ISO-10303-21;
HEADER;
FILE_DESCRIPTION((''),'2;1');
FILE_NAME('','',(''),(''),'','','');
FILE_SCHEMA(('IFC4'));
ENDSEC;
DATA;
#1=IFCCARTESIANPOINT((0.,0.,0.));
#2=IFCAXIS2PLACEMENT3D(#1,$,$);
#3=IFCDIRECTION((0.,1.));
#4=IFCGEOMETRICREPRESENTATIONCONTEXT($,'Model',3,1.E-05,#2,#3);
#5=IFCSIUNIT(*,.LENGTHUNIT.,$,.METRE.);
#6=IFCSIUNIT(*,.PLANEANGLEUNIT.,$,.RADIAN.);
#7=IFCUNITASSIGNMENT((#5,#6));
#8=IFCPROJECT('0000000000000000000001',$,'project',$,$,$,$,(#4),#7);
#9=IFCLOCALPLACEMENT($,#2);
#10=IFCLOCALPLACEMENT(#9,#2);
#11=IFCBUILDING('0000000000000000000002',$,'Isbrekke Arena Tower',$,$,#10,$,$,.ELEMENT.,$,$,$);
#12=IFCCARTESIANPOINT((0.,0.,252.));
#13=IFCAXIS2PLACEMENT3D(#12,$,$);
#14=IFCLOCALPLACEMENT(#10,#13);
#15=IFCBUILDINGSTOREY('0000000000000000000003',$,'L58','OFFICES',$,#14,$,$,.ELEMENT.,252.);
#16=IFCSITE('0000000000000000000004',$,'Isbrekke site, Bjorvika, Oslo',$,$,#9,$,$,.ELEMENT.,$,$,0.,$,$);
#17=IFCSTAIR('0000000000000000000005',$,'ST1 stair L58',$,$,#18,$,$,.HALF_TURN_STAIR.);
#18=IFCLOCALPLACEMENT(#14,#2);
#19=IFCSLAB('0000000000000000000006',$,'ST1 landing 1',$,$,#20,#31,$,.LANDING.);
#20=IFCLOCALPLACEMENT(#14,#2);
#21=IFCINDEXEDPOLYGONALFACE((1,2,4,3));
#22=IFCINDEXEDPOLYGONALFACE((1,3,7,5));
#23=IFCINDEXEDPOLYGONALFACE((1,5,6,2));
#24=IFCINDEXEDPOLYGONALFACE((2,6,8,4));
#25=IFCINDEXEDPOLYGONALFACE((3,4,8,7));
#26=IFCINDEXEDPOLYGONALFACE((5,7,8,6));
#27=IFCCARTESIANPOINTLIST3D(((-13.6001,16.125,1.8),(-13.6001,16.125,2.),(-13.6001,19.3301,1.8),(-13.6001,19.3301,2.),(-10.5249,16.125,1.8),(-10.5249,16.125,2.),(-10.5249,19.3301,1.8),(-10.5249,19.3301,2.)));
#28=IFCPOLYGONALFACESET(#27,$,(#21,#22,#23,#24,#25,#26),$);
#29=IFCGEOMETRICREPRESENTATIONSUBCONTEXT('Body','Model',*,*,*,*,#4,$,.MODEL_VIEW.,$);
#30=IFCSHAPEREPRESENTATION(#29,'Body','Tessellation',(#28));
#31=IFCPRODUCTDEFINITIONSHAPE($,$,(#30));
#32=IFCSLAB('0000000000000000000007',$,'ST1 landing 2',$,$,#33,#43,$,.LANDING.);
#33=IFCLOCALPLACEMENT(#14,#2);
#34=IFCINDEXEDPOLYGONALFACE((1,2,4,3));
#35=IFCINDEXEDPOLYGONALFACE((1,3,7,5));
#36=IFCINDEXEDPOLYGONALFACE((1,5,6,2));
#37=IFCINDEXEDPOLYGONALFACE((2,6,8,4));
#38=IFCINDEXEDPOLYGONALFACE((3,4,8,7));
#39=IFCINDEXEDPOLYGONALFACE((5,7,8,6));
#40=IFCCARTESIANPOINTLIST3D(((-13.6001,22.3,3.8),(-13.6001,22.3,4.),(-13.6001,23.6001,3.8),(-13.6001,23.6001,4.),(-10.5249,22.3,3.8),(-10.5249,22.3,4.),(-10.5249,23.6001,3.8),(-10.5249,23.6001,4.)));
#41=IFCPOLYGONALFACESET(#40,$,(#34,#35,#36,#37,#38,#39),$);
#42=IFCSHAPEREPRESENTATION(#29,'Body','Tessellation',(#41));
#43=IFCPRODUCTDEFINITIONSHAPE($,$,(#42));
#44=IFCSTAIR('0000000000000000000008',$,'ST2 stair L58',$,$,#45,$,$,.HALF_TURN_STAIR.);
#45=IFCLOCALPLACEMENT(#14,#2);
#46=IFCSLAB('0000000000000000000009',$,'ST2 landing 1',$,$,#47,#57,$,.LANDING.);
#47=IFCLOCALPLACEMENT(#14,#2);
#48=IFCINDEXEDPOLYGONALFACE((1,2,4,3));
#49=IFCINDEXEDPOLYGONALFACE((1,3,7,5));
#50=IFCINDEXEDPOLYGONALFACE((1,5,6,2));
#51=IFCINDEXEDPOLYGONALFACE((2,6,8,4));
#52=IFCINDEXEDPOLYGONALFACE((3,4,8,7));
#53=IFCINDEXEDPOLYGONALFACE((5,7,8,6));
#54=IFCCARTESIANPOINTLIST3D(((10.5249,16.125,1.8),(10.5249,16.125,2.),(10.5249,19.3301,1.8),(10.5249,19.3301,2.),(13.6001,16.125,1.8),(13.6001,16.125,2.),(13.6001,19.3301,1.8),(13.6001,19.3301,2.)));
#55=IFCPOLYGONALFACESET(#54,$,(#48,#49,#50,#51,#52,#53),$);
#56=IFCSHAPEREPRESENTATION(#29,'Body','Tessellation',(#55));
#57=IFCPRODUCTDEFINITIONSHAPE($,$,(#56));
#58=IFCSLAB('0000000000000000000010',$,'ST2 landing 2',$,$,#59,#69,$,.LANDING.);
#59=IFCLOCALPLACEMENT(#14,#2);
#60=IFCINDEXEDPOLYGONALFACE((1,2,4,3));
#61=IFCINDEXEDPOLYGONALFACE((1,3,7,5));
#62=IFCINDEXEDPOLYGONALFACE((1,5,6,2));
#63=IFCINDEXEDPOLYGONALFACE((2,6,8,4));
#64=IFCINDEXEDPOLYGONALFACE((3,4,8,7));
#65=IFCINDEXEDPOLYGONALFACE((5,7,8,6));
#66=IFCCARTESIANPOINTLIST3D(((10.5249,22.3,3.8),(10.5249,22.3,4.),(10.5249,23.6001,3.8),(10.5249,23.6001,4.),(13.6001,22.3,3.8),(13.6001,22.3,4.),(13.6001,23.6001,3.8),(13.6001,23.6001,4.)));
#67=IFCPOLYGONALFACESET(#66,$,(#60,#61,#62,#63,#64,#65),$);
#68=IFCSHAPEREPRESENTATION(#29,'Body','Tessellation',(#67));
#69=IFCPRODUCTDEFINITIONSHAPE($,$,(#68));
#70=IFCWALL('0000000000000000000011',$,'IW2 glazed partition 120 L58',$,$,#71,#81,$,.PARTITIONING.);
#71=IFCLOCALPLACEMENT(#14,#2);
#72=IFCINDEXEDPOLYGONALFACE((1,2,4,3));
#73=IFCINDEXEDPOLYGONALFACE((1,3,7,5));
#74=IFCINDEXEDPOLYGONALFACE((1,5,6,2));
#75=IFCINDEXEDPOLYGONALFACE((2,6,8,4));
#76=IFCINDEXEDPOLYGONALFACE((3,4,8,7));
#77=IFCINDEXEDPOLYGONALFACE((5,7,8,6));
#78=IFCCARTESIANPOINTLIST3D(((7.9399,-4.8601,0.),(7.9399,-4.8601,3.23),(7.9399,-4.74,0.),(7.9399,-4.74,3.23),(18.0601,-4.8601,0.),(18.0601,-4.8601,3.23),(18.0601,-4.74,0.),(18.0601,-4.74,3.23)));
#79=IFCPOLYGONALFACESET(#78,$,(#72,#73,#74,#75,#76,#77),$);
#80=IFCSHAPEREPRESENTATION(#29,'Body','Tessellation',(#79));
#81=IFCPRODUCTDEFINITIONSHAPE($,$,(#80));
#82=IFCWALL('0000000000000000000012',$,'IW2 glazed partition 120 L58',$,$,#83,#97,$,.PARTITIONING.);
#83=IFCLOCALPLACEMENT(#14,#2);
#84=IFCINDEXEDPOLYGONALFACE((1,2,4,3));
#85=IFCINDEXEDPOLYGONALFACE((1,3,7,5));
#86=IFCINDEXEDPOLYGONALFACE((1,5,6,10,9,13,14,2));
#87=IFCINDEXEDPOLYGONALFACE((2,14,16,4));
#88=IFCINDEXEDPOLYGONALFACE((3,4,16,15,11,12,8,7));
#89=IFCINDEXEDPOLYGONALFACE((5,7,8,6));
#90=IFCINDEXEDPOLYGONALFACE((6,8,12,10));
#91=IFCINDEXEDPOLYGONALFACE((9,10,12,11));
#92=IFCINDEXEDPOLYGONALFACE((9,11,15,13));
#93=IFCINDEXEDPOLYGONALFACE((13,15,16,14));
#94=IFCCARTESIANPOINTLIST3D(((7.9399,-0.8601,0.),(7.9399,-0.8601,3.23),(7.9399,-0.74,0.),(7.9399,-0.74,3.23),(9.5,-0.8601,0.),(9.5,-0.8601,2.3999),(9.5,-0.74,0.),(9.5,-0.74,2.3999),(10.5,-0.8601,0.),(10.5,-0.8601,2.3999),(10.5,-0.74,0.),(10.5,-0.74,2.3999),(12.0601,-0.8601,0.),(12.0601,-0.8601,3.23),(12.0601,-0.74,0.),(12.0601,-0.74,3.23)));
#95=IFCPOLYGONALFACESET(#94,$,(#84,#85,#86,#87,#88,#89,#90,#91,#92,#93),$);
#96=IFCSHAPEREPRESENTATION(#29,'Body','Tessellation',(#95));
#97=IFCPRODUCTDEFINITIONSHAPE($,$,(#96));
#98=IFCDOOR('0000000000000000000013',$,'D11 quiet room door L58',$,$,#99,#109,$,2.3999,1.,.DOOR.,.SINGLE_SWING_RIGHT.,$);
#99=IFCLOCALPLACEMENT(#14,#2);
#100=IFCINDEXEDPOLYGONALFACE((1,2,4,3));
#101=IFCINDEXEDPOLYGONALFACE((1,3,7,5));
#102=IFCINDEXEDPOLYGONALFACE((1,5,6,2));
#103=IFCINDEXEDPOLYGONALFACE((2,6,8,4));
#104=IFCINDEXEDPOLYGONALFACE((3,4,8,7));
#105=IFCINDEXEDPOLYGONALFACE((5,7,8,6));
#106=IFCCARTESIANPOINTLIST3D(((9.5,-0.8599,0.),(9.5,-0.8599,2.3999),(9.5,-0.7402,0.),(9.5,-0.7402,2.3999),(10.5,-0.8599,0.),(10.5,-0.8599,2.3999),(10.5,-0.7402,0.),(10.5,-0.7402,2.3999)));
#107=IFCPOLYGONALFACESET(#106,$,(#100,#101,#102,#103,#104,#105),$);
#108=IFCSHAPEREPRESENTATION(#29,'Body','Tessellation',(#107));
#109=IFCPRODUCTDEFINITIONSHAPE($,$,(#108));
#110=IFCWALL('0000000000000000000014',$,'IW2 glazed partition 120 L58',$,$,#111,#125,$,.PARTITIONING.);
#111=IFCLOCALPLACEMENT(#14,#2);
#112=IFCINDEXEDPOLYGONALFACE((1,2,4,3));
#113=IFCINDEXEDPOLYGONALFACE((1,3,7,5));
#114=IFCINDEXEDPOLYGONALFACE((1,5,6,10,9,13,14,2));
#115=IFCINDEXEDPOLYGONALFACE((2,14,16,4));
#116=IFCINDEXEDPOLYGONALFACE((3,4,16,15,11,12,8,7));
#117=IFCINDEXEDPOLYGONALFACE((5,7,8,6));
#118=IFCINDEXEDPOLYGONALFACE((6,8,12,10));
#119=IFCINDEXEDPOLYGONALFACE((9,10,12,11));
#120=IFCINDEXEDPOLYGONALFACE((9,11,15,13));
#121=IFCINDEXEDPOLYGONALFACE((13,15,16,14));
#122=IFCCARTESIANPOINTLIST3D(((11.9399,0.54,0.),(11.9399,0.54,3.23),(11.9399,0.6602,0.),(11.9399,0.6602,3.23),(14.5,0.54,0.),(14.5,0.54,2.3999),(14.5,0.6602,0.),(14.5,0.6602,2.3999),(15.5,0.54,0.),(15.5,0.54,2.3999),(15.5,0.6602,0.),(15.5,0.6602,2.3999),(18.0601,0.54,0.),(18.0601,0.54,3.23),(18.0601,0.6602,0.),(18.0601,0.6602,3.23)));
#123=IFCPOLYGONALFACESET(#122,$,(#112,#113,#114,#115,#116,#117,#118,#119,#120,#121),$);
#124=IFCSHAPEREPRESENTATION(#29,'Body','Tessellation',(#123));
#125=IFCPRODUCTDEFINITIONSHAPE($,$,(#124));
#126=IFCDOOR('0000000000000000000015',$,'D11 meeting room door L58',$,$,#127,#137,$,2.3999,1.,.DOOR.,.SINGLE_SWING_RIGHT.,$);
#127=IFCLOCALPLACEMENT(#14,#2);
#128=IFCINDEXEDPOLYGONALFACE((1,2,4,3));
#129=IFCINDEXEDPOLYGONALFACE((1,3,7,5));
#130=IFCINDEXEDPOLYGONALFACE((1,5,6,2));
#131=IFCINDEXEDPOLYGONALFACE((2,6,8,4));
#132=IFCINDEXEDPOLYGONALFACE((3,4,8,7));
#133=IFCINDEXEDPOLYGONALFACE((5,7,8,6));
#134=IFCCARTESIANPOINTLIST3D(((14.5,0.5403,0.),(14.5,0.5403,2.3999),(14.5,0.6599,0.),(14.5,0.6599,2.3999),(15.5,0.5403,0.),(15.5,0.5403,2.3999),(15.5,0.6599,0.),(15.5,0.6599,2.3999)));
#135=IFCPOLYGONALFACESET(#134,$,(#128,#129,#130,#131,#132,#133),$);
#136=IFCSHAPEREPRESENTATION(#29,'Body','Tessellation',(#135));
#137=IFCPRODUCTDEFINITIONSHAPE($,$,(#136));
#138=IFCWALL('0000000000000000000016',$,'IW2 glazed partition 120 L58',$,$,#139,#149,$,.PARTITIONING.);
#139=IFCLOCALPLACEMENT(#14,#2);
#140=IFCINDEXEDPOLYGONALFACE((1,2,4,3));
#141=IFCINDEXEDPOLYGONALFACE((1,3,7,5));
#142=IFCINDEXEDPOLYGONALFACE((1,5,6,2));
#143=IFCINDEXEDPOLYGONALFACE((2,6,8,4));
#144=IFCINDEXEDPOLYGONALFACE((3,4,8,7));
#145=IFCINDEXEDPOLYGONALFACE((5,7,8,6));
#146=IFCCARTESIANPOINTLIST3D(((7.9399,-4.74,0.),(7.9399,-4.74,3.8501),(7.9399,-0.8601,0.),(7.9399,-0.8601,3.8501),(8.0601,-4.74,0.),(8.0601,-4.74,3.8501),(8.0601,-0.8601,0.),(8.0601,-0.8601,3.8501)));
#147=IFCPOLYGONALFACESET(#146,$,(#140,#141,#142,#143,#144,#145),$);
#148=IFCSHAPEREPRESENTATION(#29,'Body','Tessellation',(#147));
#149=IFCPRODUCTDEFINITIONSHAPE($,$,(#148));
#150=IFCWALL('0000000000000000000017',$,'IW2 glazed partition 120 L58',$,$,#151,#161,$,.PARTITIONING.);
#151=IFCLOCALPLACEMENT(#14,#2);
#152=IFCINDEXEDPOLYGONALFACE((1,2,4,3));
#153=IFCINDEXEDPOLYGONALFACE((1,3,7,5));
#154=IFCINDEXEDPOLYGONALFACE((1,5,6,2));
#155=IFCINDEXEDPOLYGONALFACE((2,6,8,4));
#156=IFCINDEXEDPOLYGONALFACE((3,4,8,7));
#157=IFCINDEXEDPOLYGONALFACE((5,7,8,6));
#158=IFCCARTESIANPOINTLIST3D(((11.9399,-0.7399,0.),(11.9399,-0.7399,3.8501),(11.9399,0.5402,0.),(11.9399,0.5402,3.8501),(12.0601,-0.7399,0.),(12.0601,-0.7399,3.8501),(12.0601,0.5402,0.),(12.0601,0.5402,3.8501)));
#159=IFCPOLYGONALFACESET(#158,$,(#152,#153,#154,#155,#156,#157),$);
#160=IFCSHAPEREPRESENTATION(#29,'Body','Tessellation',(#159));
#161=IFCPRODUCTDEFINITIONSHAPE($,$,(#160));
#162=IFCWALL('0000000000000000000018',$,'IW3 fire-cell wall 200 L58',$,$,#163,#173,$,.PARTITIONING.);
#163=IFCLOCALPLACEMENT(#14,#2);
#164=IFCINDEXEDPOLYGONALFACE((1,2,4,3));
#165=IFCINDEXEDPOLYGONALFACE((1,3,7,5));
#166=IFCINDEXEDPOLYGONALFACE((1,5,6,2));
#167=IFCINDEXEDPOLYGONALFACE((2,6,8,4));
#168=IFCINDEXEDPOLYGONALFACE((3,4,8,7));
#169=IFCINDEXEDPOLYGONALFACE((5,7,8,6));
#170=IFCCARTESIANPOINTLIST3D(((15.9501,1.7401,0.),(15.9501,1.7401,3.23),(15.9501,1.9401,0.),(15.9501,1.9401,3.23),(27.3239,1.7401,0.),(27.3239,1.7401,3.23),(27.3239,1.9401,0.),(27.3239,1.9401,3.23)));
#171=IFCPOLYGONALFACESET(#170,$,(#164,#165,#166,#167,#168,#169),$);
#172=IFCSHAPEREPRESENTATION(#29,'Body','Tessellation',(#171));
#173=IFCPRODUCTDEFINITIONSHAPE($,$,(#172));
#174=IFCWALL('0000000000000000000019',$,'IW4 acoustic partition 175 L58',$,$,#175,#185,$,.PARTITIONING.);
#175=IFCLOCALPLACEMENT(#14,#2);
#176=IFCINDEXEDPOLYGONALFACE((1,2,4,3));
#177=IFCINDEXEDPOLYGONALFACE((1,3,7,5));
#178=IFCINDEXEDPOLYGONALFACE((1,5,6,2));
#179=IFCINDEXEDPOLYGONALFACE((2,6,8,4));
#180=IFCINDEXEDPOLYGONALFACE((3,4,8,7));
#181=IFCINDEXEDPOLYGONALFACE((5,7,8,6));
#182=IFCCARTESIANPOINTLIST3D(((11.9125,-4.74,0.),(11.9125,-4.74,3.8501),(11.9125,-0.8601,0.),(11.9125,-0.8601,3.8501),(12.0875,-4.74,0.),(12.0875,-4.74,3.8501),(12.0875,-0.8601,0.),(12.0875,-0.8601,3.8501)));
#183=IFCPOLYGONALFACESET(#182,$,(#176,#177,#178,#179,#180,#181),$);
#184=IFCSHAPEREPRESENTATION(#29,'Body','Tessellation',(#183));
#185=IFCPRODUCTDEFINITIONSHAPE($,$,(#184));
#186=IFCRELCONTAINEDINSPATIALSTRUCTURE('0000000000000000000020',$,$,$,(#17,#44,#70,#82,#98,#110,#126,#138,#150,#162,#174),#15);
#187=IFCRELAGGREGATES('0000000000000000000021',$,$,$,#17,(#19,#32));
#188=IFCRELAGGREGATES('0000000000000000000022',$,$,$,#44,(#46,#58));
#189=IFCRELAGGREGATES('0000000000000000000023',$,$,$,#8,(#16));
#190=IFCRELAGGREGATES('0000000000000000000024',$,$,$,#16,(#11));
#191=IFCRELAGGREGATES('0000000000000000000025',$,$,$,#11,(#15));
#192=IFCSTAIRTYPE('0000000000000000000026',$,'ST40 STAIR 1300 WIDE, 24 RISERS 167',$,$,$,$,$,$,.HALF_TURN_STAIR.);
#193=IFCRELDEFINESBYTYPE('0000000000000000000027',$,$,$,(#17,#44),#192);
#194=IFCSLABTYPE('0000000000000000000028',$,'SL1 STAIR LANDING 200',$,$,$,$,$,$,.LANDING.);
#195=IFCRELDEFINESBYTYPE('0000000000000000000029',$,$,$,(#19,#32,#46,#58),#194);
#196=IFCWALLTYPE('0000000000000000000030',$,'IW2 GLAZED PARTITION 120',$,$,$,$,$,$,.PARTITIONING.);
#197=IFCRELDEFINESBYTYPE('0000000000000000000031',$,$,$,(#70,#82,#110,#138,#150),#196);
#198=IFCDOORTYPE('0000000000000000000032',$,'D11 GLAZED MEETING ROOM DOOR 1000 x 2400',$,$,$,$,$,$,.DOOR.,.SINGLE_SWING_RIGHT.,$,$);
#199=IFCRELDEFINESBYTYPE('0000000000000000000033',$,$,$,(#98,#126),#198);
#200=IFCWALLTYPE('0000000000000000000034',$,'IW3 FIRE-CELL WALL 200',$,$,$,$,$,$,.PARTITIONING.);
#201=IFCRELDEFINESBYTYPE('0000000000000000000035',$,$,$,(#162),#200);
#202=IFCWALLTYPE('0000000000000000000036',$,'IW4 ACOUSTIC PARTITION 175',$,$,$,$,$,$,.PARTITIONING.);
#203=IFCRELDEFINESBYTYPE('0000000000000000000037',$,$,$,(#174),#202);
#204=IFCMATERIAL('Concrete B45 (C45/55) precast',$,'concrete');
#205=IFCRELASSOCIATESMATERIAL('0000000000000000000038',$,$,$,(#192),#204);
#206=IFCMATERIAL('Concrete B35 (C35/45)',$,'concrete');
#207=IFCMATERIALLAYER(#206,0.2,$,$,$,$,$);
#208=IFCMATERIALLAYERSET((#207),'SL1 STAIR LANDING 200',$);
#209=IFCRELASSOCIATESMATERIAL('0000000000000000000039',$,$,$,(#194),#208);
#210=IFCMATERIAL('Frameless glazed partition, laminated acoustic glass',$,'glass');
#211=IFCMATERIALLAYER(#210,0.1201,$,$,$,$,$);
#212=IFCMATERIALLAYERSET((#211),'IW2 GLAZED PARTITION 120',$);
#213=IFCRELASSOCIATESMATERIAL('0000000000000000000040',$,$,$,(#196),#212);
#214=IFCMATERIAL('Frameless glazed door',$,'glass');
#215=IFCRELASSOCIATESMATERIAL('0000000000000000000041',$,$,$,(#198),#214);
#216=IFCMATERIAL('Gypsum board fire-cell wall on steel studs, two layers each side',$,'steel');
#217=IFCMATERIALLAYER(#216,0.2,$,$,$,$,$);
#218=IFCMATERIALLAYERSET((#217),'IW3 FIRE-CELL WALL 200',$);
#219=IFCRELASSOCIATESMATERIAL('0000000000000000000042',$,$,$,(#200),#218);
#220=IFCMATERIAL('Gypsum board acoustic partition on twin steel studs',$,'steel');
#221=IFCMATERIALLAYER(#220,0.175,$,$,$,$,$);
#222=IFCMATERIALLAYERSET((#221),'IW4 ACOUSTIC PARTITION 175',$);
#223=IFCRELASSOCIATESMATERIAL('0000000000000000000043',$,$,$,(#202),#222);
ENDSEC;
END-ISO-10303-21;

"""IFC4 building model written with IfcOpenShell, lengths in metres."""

from ifc_helpers import new_model, si_unit, direction, frame, frame_2d, origin, place, context, subcontext, project, spatial, polyline, rectangle, outline, extrude, material, layer, layer_set, type_object, element, fill, aggregate, save


model = new_model("IFC4")

# Units and contexts
model_context = context("Model", 3, precision=1e-05, world=origin(), true_north=direction((0.0, 1.0)))
body_context = subcontext(model_context, "Body", "Model", "MODEL_VIEW")
ifc_project = project(units=[si_unit("LENGTHUNIT", "METRE"), si_unit("PLANEANGLEUNIT", "RADIAN")], contexts=[model_context])

# Site, building, storey
site_placement = place(None, origin())
site = spatial("IfcSite", under=ifc_project, at=site_placement, Name="Isbrekke site, Bjorvika, Oslo", CompositionType="ELEMENT", RefElevation=0.0)
building_placement = place(site_placement, origin())
building = spatial("IfcBuilding", under=site, at=building_placement, Name="Isbrekke Arena Tower", CompositionType="ELEMENT")
storey_placement = place(building_placement, frame((0.0, 0.0, 252.0)))
storey = spatial("IfcBuildingStorey", under=building, at=storey_placement, Name="L58", Description="OFFICES", CompositionType="ELEMENT", Elevation=252.0)

# Stairs, slabs
ifc_material_1 = material(Name="Concrete B45 (C45/55) precast", Category="concrete")
stair_type = type_object("IfcStairType", Name="ST40 STAIR 1300 WIDE, 24 RISERS 167", PredefinedType="HALF_TURN_STAIR", material=ifc_material_1)
stair_1_placement = place(storey_placement, origin())
stair_1 = element("IfcStair", 1, at=stair_1_placement, inside=storey, type_object=stair_type, Name="ST1 stair L58", PredefinedType="HALF_TURN_STAIR")
ifc_material_2 = material(Name="Concrete B35 (C35/45)", Category="concrete")
ifc_layer_1 = layer(ifc_material_2, 0.2)
ifc_layer_set_1 = layer_set([ifc_layer_1], Name="SL1 STAIR LANDING 200")
slab_type_1 = type_object("IfcSlabType", Name="SL1 STAIR LANDING 200", PredefinedType="LANDING", material=ifc_layer_set_1)
slab_1_placement = place(storey_placement, frame((0.0, 0.0, 1.8)))
slab_1 = element("IfcSlab", 2, at=slab_1_placement, type_object=slab_type_1, Name="ST1 landing 1", PredefinedType="LANDING", context=body_context, shape_type="SweptSolid", body=[
    extrude(outline(polyline([(-13.6001, 16.125), (-10.5249, 16.125), (-10.5249, 19.3301), (-13.6001, 19.3301), (-13.6001, 16.125)])), origin(), (0.0, 0.0, 1.0), 0.2),
])
slab_2_placement = place(storey_placement, frame((0.0, 0.0, 3.8)))
slab_2 = element("IfcSlab", 3, at=slab_2_placement, type_object=slab_type_1, Name="ST1 landing 2", PredefinedType="LANDING", context=body_context, shape_type="SweptSolid", body=[
    extrude(outline(polyline([(-13.6001, 22.3), (-10.5249, 22.3), (-10.5249, 23.6001), (-13.6001, 23.6001), (-13.6001, 22.3)])), origin(), (0.0, 0.0, 1.0), 0.2),
])
aggregate(stair_1, [slab_1, slab_2])
stair_2_placement = place(storey_placement, origin())
stair_2 = element("IfcStair", 4, at=stair_2_placement, inside=storey, type_object=stair_type, Name="ST2 stair L58", PredefinedType="HALF_TURN_STAIR")
slab_3_placement = place(storey_placement, frame((0.0, 0.0, 1.8)))
slab_3 = element("IfcSlab", 5, at=slab_3_placement, type_object=slab_type_1, Name="ST2 landing 1", PredefinedType="LANDING", context=body_context, shape_type="SweptSolid", body=[
    extrude(outline(polyline([(10.5249, 16.125), (13.6001, 16.125), (13.6001, 19.3301), (10.5249, 19.3301), (10.5249, 16.125)])), origin(), (0.0, 0.0, 1.0), 0.2),
])
slab_4_placement = place(storey_placement, frame((0.0, 0.0, 3.8)))
slab_4 = element("IfcSlab", 6, at=slab_4_placement, type_object=slab_type_1, Name="ST2 landing 2", PredefinedType="LANDING", context=body_context, shape_type="SweptSolid", body=[
    extrude(outline(polyline([(10.5249, 22.3), (13.6001, 22.3), (13.6001, 23.6001), (10.5249, 23.6001), (10.5249, 22.3)])), origin(), (0.0, 0.0, 1.0), 0.2),
])
aggregate(stair_2, [slab_3, slab_4])

# Wall
ifc_material_3 = material(Name="Frameless glazed partition, laminated acoustic glass", Category="glass")
ifc_layer_2 = layer(ifc_material_3, 0.1201)
ifc_layer_set_2 = layer_set([ifc_layer_2], Name="IW2 GLAZED PARTITION 120")
wall_type_1 = type_object("IfcWallType", Name="IW2 GLAZED PARTITION 120", PredefinedType="PARTITIONING", material=ifc_layer_set_2)
wall_1_placement = place(storey_placement, frame((7.9399, -4.8, 0.0), z_axis=(0.0, 0.0, 1.0), x_axis=(1.0, 0.0, 0.0)))
element("IfcWall", 7, at=wall_1_placement, inside=storey, type_object=wall_type_1, Name="IW2 glazed partition 120 L58", PredefinedType="PARTITIONING", context=body_context, shape_type="SweptSolid", body=[
    extrude(rectangle(XDim=10.1201, YDim=0.1201, at=frame_2d((5.0601, 0.0))), origin(), (0.0, 0.0, 1.0), 3.23),
])

# Walls, openings, doors
wall_2_placement = place(storey_placement, frame((7.9399, -0.8, 0.0), z_axis=(0.0, 0.0, 1.0), x_axis=(1.0, 0.0, 0.0)))
wall_2 = element("IfcWall", 8, at=wall_2_placement, inside=storey, type_object=wall_type_1, Name="IW2 glazed partition 120 L58", PredefinedType="PARTITIONING", context=body_context, shape_type="SweptSolid", body=[
    extrude(rectangle(XDim=4.1201, YDim=0.1201, at=frame_2d((2.0601, 0.0))), origin(), (0.0, 0.0, 1.0), 3.23),
])
opening_1_placement = place(wall_2_placement, frame((1.5601, 0.0, 0.0)))
opening_1 = element("IfcOpeningElement", 9, at=opening_1_placement, cuts=wall_2, PredefinedType="OPENING", context=body_context, shape_type="SweptSolid", body=[
    extrude(rectangle(XDim=1.0, YDim=2.3999, at=frame_2d((0.5, 1.2))), frame((0.0, 0.075, 0.0), z_axis=(0.0, -1.0, 0.0), x_axis=(1.0, 0.0, 0.0)), (0.0, 0.0, 1.0), 0.1499),
])
ifc_material_4 = material(Name="Frameless glazed door", Category="glass")
door_type = type_object("IfcDoorType", Name="D11 GLAZED MEETING ROOM DOOR 1000 x 2400", OperationType="SINGLE_SWING_RIGHT", PredefinedType="DOOR", material=ifc_material_4)
door_1_placement = place(opening_1_placement, origin())
door_1 = element("IfcDoor", 10, at=door_1_placement, inside=storey, type_object=door_type, Name="D11 quiet room door L58", OperationType="SINGLE_SWING_RIGHT", OverallHeight=2.3999, OverallWidth=1.0, PredefinedType="DOOR", context=body_context, shape_type="SweptSolid", body=[
    extrude(rectangle(XDim=1.0, YDim=2.3999, at=frame_2d((0.5, 1.2))), frame((0.0, 0.0598, 0.0), z_axis=(0.0, -1.0, 0.0), x_axis=(1.0, 0.0, 0.0)), (0.0, 0.0, 1.0), 0.1196),
])
fill(opening_1, door_1)
wall_3_placement = place(storey_placement, frame((11.9399, 0.6001, 0.0), z_axis=(0.0, 0.0, 1.0), x_axis=(1.0, 0.0, 0.0)))
wall_3 = element("IfcWall", 11, at=wall_3_placement, inside=storey, type_object=wall_type_1, Name="IW2 glazed partition 120 L58", PredefinedType="PARTITIONING", context=body_context, shape_type="SweptSolid", body=[
    extrude(rectangle(XDim=6.1201, YDim=0.1201, at=frame_2d((3.0601, 0.0))), origin(), (0.0, 0.0, 1.0), 3.23),
])
opening_2_placement = place(wall_3_placement, frame((2.5601, 0.0, 0.0)))
opening_2 = element("IfcOpeningElement", 12, at=opening_2_placement, cuts=wall_3, PredefinedType="OPENING", context=body_context, shape_type="SweptSolid", body=[
    extrude(rectangle(XDim=1.0, YDim=2.3999, at=frame_2d((0.5, 1.2))), frame((0.0, 0.075, 0.0), z_axis=(0.0, -1.0, 0.0), x_axis=(1.0, 0.0, 0.0)), (0.0, 0.0, 1.0), 0.1499),
])
door_2_placement = place(opening_2_placement, origin())
door_2 = element("IfcDoor", 13, at=door_2_placement, inside=storey, type_object=door_type, Name="D11 meeting room door L58", OperationType="SINGLE_SWING_RIGHT", OverallHeight=2.3999, OverallWidth=1.0, PredefinedType="DOOR", context=body_context, shape_type="SweptSolid", body=[
    extrude(rectangle(XDim=1.0, YDim=2.3999, at=frame_2d((0.5, 1.2))), frame((0.0, 0.0598, 0.0), z_axis=(0.0, -1.0, 0.0), x_axis=(1.0, 0.0, 0.0)), (0.0, 0.0, 1.0), 0.1196),
])
fill(opening_2, door_2)

# Walls
wall_4_placement = place(storey_placement, frame((8.0, -4.74, 0.0), z_axis=(0.0, 0.0, 1.0), x_axis=(0.0, 1.0, 0.0)))
element("IfcWall", 14, at=wall_4_placement, inside=storey, type_object=wall_type_1, Name="IW2 glazed partition 120 L58", PredefinedType="PARTITIONING", context=body_context, shape_type="SweptSolid", body=[
    extrude(rectangle(XDim=3.8799, YDim=0.1201, at=frame_2d((1.9399, 0.0))), origin(), (0.0, 0.0, 1.0), 3.8501),
])
wall_5_placement = place(storey_placement, frame((12.0, -0.74, 0.0), z_axis=(0.0, 0.0, 1.0), x_axis=(0.0, 1.0, 0.0)))
element("IfcWall", 15, at=wall_5_placement, inside=storey, type_object=wall_type_1, Name="IW2 glazed partition 120 L58", PredefinedType="PARTITIONING", context=body_context, shape_type="SweptSolid", body=[
    extrude(rectangle(XDim=1.28, YDim=0.1201, at=frame_2d((0.6401, 0.0))), origin(), (0.0, 0.0, 1.0), 3.8501),
])
ifc_material_5 = material(Name="Gypsum board fire-cell wall on steel studs, two layers each side", Category="steel")
ifc_layer_3 = layer(ifc_material_5, 0.2)
ifc_layer_set_3 = layer_set([ifc_layer_3], Name="IW3 FIRE-CELL WALL 200")
wall_type_2 = type_object("IfcWallType", Name="IW3 FIRE-CELL WALL 200", PredefinedType="PARTITIONING", material=ifc_layer_set_3)
wall_6_placement = place(storey_placement, frame((15.95, 1.8401, 0.0), z_axis=(0.0, 0.0, 1.0), x_axis=(1.0, 0.0, 0.0)))
element("IfcWall", 16, at=wall_6_placement, inside=storey, type_object=wall_type_2, Name="IW3 fire-cell wall 200 L58", PredefinedType="PARTITIONING", context=body_context, shape_type="SweptSolid", body=[
    extrude(rectangle(XDim=11.3738, YDim=0.2, at=frame_2d((5.687, 0.0))), origin(), (0.0, 0.0, 1.0), 3.23),
])
ifc_material_6 = material(Name="Gypsum board acoustic partition on twin steel studs", Category="steel")
ifc_layer_4 = layer(ifc_material_6, 0.175)
ifc_layer_set_4 = layer_set([ifc_layer_4], Name="IW4 ACOUSTIC PARTITION 175")
wall_type_3 = type_object("IfcWallType", Name="IW4 ACOUSTIC PARTITION 175", PredefinedType="PARTITIONING", material=ifc_layer_set_4)
wall_7_placement = place(storey_placement, frame((12.0, -4.74, 0.0), z_axis=(0.0, 0.0, 1.0), x_axis=(0.0, 1.0, 0.0)))
element("IfcWall", 17, at=wall_7_placement, inside=storey, type_object=wall_type_3, Name="IW4 acoustic partition 175 L58", PredefinedType="PARTITIONING", context=body_context, shape_type="SweptSolid", body=[
    extrude(rectangle(XDim=3.8799, YDim=0.175, at=frame_2d((1.9399, 0.0))), origin(), (0.0, 0.0, 1.0), 3.8501),
])

save(model, "model.ifc")
